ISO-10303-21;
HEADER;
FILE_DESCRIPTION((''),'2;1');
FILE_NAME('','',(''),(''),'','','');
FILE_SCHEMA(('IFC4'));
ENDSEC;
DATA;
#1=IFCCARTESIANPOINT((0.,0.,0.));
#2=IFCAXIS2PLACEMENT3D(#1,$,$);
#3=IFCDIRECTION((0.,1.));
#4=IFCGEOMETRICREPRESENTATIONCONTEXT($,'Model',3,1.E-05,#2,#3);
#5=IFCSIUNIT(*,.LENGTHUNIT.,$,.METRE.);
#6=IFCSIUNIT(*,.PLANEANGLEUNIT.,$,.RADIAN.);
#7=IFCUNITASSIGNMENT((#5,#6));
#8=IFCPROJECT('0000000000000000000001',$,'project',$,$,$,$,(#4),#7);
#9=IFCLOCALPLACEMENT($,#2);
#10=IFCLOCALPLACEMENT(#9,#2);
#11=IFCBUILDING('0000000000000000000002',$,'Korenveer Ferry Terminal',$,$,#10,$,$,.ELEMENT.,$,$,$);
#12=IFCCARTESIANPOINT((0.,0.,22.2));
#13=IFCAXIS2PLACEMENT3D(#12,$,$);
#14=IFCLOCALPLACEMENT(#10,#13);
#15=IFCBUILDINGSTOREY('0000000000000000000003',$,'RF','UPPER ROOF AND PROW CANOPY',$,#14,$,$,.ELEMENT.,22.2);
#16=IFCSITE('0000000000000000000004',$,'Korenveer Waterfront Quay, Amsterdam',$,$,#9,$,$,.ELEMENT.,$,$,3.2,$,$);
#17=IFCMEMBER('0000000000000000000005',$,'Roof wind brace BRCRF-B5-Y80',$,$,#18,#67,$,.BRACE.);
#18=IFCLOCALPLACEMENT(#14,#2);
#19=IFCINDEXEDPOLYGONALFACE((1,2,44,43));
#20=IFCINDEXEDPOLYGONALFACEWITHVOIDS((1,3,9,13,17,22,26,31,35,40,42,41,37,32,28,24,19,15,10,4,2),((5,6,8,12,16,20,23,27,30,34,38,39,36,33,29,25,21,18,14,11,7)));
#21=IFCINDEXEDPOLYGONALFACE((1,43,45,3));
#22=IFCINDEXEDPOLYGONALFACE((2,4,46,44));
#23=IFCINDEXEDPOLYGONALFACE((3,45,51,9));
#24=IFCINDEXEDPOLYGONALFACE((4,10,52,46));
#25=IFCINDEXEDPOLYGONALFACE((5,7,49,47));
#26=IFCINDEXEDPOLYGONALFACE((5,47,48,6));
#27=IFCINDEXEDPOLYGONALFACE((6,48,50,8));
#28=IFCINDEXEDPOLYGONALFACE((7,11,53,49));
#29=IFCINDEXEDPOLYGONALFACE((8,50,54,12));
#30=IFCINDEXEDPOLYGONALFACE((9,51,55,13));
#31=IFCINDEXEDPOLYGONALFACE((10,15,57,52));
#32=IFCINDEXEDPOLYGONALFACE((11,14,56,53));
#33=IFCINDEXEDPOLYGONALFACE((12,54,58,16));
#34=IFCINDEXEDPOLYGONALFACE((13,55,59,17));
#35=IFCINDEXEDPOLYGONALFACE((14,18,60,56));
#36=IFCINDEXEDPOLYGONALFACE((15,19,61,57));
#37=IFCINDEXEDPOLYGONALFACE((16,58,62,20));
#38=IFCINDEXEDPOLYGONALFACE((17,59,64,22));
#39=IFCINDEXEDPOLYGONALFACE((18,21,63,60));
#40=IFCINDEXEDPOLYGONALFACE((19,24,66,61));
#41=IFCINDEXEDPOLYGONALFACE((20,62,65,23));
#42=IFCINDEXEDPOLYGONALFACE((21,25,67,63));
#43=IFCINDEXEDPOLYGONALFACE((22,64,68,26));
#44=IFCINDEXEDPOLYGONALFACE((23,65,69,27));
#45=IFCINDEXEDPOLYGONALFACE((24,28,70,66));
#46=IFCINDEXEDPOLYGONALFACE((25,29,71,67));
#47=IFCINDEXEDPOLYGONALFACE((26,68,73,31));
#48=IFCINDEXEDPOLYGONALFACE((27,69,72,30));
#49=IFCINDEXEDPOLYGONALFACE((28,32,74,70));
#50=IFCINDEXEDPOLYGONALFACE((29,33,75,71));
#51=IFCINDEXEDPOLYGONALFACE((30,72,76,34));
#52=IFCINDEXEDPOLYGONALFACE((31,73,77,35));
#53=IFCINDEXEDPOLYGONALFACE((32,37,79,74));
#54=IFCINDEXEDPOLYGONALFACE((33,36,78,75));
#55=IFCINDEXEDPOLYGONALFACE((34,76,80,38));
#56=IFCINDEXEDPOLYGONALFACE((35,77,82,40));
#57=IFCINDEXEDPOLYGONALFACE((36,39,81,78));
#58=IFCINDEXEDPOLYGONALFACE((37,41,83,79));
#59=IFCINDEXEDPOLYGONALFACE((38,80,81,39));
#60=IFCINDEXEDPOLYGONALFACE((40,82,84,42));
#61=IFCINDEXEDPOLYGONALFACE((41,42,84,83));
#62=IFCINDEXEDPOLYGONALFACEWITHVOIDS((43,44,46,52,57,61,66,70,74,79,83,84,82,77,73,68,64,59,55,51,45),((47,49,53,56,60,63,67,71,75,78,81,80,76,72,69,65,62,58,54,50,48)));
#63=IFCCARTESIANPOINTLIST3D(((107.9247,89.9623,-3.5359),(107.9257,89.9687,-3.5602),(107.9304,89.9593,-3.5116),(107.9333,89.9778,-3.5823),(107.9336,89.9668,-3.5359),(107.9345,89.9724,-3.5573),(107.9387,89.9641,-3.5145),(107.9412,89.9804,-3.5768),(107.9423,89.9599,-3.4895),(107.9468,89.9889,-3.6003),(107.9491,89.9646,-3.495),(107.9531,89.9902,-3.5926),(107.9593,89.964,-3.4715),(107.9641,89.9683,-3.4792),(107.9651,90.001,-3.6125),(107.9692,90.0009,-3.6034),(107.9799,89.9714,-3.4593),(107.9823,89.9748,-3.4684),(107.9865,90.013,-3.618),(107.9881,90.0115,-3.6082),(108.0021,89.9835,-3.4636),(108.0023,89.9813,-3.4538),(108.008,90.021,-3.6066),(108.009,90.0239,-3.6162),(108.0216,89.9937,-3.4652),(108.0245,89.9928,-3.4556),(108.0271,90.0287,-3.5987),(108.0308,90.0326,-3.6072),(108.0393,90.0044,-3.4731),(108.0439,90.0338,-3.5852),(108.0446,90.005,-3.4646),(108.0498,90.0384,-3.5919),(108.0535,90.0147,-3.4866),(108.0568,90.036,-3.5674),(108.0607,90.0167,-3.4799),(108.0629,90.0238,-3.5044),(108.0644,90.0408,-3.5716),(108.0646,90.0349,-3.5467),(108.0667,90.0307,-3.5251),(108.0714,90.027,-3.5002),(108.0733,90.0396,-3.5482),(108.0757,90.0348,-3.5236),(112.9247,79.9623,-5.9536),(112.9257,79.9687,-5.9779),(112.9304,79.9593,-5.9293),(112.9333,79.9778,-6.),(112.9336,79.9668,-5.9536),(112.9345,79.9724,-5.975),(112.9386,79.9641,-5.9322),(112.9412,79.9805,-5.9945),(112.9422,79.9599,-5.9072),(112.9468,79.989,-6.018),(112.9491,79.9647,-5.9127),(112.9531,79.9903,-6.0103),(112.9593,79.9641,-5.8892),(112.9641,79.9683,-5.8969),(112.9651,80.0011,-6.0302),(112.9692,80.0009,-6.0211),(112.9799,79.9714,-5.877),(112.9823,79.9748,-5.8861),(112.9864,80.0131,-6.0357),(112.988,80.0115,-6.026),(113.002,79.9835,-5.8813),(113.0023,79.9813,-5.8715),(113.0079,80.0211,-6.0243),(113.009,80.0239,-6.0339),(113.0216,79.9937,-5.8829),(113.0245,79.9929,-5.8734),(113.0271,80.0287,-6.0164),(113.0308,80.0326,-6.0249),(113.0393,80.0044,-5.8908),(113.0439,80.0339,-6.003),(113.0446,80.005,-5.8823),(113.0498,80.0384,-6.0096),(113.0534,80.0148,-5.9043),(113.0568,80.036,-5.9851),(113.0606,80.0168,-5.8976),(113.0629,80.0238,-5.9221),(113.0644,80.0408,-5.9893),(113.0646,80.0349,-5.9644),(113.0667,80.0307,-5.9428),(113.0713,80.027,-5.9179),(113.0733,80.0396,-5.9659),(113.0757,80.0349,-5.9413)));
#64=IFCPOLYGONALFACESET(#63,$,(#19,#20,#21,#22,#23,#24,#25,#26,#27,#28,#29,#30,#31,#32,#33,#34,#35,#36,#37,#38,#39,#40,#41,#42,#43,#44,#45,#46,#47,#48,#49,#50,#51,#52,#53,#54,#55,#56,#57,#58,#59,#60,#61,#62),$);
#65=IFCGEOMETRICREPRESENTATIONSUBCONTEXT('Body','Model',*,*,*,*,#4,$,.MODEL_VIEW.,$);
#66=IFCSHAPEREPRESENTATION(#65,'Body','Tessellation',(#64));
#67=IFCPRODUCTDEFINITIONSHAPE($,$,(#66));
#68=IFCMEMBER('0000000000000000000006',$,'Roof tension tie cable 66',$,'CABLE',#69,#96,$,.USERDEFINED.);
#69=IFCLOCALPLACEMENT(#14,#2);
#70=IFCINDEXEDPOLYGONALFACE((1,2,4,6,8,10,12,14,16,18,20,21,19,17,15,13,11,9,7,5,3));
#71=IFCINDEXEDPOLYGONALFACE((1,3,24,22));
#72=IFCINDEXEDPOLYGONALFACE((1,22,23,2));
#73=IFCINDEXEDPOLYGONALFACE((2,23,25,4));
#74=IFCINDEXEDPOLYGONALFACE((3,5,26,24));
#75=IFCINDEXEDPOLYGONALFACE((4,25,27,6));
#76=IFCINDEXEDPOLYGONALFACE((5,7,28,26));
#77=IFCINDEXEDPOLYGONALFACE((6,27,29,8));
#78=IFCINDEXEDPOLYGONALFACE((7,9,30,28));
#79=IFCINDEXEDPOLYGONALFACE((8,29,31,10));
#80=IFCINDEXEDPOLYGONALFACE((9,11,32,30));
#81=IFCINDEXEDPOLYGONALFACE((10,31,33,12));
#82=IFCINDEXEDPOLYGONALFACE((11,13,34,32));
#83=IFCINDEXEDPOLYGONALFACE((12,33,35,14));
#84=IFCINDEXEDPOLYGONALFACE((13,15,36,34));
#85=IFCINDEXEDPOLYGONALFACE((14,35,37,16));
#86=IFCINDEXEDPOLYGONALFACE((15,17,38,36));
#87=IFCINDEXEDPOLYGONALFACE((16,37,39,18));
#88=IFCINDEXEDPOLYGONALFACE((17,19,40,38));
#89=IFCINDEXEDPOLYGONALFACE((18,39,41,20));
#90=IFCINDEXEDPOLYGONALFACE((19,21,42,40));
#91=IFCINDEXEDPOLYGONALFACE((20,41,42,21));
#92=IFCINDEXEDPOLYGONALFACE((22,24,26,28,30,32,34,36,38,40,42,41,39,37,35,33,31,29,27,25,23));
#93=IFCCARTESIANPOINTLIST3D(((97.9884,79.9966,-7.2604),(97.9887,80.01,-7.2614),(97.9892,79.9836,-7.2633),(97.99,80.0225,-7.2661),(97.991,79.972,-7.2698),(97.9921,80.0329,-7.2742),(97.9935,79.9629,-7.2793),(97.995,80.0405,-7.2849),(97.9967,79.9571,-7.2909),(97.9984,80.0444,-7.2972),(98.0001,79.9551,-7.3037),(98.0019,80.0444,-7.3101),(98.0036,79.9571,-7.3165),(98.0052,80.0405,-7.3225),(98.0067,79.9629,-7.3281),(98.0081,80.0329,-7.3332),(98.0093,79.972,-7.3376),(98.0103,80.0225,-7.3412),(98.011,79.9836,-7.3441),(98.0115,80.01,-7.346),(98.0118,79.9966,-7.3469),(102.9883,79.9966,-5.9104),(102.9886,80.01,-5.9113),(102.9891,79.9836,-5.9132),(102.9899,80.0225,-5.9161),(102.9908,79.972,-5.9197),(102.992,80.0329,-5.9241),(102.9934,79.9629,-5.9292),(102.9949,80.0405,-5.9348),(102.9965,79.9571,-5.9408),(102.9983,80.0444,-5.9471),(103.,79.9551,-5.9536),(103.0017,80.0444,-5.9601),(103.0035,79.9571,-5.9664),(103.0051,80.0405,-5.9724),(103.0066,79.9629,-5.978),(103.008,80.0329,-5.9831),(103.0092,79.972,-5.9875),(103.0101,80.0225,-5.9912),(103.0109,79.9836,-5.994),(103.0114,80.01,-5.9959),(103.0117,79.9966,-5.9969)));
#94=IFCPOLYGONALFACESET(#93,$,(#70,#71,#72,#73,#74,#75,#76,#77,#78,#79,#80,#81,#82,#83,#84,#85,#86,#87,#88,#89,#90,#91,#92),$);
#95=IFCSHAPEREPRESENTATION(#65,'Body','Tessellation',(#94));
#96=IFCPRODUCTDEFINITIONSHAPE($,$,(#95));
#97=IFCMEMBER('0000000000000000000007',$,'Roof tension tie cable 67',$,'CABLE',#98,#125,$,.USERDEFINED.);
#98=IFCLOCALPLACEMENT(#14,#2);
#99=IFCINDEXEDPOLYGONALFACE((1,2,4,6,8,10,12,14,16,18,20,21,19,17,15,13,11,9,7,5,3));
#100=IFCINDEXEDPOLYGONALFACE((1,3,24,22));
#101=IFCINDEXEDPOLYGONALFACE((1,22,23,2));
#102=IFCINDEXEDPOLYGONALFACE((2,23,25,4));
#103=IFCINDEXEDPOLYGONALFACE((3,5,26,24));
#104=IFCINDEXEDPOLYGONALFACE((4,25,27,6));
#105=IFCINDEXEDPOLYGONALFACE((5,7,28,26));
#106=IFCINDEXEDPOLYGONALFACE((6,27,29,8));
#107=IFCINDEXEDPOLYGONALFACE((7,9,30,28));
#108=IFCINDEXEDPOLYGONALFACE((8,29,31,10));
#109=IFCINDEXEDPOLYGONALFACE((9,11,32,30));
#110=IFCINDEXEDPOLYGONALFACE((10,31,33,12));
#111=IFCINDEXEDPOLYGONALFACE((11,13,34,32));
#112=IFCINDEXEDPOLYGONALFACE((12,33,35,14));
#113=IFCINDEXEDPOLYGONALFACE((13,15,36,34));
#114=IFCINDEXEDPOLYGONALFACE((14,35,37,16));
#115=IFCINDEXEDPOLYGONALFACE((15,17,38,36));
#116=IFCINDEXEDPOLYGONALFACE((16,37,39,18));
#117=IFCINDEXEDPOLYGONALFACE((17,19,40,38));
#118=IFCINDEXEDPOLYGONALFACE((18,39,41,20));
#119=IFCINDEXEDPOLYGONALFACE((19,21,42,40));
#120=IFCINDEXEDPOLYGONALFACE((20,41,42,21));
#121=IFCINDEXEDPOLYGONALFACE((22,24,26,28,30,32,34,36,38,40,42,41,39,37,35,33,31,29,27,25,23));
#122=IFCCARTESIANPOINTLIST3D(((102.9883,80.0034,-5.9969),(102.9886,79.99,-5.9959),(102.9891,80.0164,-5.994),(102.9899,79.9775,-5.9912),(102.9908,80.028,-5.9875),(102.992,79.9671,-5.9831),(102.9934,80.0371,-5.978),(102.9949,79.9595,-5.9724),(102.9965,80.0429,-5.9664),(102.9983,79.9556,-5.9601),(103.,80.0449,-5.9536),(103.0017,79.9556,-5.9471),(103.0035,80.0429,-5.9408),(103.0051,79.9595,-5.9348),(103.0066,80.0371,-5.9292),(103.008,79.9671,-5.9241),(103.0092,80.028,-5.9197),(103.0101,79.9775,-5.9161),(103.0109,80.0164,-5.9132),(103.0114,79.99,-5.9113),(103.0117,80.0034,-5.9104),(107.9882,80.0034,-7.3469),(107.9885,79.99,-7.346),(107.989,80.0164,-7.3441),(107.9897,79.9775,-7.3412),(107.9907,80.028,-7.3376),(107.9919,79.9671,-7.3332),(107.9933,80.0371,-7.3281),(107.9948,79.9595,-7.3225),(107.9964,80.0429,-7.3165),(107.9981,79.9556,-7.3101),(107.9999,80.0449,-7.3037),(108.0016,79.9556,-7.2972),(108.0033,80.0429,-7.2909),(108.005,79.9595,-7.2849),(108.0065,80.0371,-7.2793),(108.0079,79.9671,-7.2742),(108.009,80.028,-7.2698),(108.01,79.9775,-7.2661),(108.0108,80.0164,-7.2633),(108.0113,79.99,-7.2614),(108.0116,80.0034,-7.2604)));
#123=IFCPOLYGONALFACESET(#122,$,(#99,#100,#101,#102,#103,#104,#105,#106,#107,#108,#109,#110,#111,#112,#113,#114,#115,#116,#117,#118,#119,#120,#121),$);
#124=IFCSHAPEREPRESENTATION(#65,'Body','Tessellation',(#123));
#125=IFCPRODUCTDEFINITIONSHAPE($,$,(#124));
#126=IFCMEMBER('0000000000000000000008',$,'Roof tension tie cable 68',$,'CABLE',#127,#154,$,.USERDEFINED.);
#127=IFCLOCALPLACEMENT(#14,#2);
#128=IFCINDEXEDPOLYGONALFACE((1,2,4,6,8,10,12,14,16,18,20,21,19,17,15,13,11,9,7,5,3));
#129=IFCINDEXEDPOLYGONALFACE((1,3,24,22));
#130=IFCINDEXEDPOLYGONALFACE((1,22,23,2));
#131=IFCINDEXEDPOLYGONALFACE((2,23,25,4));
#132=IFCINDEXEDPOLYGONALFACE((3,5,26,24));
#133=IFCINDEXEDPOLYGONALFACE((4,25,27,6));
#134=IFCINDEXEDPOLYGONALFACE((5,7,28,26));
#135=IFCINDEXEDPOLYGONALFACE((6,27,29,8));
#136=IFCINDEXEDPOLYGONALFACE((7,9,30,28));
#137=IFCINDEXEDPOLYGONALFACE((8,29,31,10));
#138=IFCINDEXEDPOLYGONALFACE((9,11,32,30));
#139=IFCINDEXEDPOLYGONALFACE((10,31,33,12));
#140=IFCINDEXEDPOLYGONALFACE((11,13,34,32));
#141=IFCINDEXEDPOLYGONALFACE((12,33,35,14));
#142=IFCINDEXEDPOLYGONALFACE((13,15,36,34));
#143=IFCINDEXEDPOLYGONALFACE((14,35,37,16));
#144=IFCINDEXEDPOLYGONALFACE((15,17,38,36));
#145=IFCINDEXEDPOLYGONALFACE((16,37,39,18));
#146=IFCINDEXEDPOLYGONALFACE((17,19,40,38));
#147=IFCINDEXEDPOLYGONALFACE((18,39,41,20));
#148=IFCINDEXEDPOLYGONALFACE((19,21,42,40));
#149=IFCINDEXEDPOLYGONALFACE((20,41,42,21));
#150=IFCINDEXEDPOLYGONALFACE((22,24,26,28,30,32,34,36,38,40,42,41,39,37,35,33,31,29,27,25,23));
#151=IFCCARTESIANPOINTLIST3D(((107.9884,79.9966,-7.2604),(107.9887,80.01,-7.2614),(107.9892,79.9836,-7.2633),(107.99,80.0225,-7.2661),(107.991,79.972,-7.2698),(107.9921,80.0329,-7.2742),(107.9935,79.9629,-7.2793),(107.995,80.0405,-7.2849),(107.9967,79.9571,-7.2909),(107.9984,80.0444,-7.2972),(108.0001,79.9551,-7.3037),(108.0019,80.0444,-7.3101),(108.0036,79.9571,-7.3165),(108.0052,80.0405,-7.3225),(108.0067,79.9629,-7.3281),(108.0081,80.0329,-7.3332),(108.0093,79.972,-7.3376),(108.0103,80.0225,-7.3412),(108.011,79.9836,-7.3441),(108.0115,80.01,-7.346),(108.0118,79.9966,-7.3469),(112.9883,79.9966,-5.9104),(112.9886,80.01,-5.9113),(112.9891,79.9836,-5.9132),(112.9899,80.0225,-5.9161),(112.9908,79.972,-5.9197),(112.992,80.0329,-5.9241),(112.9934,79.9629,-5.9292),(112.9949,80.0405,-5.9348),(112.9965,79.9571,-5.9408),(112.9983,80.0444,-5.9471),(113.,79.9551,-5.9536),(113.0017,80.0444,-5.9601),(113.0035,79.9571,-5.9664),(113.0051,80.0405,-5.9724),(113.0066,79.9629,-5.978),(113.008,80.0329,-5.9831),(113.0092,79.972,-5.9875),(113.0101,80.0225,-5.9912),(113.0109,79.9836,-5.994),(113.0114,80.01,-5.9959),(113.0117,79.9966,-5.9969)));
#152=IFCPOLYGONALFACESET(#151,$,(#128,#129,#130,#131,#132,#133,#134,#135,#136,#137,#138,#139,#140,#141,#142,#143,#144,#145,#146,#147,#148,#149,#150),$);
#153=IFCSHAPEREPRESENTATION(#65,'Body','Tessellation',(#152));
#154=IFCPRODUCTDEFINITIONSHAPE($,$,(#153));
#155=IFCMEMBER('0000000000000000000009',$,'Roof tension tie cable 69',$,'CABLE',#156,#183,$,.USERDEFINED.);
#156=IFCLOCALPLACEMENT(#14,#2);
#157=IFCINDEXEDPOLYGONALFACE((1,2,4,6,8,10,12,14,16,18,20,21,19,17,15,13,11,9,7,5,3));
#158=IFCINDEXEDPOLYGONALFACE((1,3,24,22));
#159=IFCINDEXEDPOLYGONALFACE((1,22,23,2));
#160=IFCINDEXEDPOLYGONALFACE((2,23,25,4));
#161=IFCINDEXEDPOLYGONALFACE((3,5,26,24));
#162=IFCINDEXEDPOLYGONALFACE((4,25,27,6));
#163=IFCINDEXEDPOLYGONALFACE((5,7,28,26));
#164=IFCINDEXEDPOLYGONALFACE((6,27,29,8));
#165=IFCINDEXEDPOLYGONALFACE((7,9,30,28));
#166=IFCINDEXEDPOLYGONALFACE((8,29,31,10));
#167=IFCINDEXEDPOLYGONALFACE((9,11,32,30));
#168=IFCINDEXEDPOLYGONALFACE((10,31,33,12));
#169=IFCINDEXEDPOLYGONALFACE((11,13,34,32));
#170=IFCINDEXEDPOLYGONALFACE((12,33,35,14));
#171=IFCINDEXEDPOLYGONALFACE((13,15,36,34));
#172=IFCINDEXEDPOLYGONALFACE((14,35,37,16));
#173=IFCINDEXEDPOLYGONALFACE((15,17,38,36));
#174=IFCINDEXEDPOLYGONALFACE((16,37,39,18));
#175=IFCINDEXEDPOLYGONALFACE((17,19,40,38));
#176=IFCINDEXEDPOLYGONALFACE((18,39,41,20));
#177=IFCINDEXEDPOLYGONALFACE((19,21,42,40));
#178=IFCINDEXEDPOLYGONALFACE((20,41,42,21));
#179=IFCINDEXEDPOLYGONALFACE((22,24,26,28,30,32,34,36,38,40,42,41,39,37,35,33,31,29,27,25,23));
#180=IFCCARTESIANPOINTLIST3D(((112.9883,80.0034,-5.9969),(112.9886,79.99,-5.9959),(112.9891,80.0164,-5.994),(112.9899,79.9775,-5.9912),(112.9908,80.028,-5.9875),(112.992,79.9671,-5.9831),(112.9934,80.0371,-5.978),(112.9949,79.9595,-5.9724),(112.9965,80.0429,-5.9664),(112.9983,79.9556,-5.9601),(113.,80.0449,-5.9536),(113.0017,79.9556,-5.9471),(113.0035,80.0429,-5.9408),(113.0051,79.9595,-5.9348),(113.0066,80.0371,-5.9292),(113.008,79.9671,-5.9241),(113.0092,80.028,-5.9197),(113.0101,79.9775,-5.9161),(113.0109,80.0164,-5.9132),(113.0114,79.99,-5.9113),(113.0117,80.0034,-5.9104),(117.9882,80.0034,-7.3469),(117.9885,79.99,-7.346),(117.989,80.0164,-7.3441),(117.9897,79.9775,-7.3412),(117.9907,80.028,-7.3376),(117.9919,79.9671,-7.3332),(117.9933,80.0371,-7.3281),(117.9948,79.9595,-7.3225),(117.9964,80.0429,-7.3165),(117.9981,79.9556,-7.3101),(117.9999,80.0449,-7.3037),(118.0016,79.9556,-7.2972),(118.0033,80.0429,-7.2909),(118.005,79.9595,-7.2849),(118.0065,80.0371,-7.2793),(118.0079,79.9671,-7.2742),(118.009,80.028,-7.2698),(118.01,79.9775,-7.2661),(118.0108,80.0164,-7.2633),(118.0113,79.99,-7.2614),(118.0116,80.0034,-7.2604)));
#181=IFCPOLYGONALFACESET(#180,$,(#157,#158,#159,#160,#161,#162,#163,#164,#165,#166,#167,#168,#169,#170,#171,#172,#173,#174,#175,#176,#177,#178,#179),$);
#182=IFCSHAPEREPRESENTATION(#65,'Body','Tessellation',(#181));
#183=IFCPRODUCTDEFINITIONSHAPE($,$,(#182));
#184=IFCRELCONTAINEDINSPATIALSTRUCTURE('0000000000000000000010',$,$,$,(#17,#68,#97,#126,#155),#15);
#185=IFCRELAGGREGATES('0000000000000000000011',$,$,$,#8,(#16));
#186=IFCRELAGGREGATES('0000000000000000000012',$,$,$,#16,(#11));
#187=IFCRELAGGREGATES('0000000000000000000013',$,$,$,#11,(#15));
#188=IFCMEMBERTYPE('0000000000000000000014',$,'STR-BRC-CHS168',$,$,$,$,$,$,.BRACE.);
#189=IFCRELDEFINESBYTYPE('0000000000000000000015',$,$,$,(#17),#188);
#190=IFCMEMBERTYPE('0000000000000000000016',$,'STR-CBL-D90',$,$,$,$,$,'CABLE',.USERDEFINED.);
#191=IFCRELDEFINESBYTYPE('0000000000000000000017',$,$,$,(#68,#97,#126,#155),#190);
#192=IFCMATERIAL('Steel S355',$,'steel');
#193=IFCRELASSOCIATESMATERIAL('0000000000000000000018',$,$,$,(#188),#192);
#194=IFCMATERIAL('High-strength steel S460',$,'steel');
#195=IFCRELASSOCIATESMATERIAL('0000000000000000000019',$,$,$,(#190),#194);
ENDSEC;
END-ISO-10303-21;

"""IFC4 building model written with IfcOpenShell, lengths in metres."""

from ifc_helpers import new_model, si_unit, direction, frame, origin, origin_2d, place, context, subcontext, project, spatial, circle, hollow_circle, extrude, material, material_profile, profile_set, type_object, element, save


model = new_model("IFC4")

# Units and contexts
model_context = context("Model", 3, precision=1e-05, world=origin(), true_north=direction((0.0, 1.0)))
body_context = subcontext(model_context, "Body", "Model", "MODEL_VIEW")
ifc_project = project(units=[si_unit("LENGTHUNIT", "METRE"), si_unit("PLANEANGLEUNIT", "RADIAN")], contexts=[model_context])

# Site, building, storey
site_placement = place(None, origin())
site = spatial("IfcSite", under=ifc_project, at=site_placement, Name="Korenveer Waterfront Quay, Amsterdam", CompositionType="ELEMENT", RefElevation=3.2)
building_placement = place(site_placement, origin())
building = spatial("IfcBuilding", under=site, at=building_placement, Name="Korenveer Ferry Terminal", CompositionType="ELEMENT")
storey_placement = place(building_placement, frame((0.0, 0.0, 22.2)))
storey = spatial("IfcBuildingStorey", under=building, at=storey_placement, Name="RF", Description="UPPER ROOF AND PROW CANOPY", CompositionType="ELEMENT", Elevation=22.2)

# Members
ifc_material_1 = material(Name="Steel S355", Category="steel")
ifc_material_profile_1 = material_profile(ifc_material_1, hollow_circle(Radius=0.0842, WallThickness=0.01, at=origin_2d()), Name="CHS 168.3x10")
ifc_profile_set_1 = profile_set([ifc_material_profile_1], Name="Steel S355")
member_type_1 = type_object("IfcMemberType", Name="STR-BRC-CHS168", PredefinedType="BRACE", material=ifc_profile_set_1)
member_1_placement = place(storey_placement, frame((113.0, 80.0, -5.9536), z_axis=(-0.43711, 0.87422, 0.211362), x_axis=(-0.894427, -0.447214, 0.0)))
element("IfcMember", 1, at=member_1_placement, inside=storey, type_object=member_type_1, Name="Roof wind brace BRCRF-B5-Y80", PredefinedType="BRACE", context=body_context, shape_type="SweptSolid", body=[
    extrude(hollow_circle(Radius=0.0842, WallThickness=0.01, at=origin_2d()), origin(), (0.0, 0.0, 1.0), 11.4387),
])
ifc_material_2 = material(Name="High-strength steel S460", Category="steel")
ifc_material_profile_2 = material_profile(ifc_material_2, circle(Radius=0.0449, at=origin_2d()), Name="ROD D90")
ifc_profile_set_2 = profile_set([ifc_material_profile_2], Name="High-strength steel S460")
member_type_2 = type_object("IfcMemberType", Name="STR-CBL-D90", ElementType="CABLE", PredefinedType="USERDEFINED", material=ifc_profile_set_2)
for number, where, z_axis, x_axis, name in (
    (2, (103.0, 80.0, -5.9536), (-0.965424, 0.0, -0.260683), (0.0, -1.0, 0.0), "Roof tension tie cable 66"),
    (3, (103.0, 80.0, -5.9536), (0.965424, 0.0, -0.260683), (0.0, 1.0, 0.0), "Roof tension tie cable 67"),
    (4, (113.0, 80.0, -5.9536), (-0.965424, 0.0, -0.260683), (0.0, -1.0, 0.0), "Roof tension tie cable 68"),
    (5, (113.0, 80.0, -5.9536), (0.965424, 0.0, -0.260683), (0.0, 1.0, 0.0), "Roof tension tie cable 69"),
):
    element("IfcMember", number, at=place(storey_placement, frame(where, z_axis=z_axis, x_axis=x_axis)), inside=storey, type_object=member_type_2, Name=name, ObjectType="CABLE", PredefinedType="USERDEFINED", context=body_context, shape_type="SweptSolid", body=[
        extrude(circle(Radius=0.0449, at=origin_2d()), origin(), (0.0, 0.0, 1.0), 5.179),
    ])

save(model, "model.ifc")
